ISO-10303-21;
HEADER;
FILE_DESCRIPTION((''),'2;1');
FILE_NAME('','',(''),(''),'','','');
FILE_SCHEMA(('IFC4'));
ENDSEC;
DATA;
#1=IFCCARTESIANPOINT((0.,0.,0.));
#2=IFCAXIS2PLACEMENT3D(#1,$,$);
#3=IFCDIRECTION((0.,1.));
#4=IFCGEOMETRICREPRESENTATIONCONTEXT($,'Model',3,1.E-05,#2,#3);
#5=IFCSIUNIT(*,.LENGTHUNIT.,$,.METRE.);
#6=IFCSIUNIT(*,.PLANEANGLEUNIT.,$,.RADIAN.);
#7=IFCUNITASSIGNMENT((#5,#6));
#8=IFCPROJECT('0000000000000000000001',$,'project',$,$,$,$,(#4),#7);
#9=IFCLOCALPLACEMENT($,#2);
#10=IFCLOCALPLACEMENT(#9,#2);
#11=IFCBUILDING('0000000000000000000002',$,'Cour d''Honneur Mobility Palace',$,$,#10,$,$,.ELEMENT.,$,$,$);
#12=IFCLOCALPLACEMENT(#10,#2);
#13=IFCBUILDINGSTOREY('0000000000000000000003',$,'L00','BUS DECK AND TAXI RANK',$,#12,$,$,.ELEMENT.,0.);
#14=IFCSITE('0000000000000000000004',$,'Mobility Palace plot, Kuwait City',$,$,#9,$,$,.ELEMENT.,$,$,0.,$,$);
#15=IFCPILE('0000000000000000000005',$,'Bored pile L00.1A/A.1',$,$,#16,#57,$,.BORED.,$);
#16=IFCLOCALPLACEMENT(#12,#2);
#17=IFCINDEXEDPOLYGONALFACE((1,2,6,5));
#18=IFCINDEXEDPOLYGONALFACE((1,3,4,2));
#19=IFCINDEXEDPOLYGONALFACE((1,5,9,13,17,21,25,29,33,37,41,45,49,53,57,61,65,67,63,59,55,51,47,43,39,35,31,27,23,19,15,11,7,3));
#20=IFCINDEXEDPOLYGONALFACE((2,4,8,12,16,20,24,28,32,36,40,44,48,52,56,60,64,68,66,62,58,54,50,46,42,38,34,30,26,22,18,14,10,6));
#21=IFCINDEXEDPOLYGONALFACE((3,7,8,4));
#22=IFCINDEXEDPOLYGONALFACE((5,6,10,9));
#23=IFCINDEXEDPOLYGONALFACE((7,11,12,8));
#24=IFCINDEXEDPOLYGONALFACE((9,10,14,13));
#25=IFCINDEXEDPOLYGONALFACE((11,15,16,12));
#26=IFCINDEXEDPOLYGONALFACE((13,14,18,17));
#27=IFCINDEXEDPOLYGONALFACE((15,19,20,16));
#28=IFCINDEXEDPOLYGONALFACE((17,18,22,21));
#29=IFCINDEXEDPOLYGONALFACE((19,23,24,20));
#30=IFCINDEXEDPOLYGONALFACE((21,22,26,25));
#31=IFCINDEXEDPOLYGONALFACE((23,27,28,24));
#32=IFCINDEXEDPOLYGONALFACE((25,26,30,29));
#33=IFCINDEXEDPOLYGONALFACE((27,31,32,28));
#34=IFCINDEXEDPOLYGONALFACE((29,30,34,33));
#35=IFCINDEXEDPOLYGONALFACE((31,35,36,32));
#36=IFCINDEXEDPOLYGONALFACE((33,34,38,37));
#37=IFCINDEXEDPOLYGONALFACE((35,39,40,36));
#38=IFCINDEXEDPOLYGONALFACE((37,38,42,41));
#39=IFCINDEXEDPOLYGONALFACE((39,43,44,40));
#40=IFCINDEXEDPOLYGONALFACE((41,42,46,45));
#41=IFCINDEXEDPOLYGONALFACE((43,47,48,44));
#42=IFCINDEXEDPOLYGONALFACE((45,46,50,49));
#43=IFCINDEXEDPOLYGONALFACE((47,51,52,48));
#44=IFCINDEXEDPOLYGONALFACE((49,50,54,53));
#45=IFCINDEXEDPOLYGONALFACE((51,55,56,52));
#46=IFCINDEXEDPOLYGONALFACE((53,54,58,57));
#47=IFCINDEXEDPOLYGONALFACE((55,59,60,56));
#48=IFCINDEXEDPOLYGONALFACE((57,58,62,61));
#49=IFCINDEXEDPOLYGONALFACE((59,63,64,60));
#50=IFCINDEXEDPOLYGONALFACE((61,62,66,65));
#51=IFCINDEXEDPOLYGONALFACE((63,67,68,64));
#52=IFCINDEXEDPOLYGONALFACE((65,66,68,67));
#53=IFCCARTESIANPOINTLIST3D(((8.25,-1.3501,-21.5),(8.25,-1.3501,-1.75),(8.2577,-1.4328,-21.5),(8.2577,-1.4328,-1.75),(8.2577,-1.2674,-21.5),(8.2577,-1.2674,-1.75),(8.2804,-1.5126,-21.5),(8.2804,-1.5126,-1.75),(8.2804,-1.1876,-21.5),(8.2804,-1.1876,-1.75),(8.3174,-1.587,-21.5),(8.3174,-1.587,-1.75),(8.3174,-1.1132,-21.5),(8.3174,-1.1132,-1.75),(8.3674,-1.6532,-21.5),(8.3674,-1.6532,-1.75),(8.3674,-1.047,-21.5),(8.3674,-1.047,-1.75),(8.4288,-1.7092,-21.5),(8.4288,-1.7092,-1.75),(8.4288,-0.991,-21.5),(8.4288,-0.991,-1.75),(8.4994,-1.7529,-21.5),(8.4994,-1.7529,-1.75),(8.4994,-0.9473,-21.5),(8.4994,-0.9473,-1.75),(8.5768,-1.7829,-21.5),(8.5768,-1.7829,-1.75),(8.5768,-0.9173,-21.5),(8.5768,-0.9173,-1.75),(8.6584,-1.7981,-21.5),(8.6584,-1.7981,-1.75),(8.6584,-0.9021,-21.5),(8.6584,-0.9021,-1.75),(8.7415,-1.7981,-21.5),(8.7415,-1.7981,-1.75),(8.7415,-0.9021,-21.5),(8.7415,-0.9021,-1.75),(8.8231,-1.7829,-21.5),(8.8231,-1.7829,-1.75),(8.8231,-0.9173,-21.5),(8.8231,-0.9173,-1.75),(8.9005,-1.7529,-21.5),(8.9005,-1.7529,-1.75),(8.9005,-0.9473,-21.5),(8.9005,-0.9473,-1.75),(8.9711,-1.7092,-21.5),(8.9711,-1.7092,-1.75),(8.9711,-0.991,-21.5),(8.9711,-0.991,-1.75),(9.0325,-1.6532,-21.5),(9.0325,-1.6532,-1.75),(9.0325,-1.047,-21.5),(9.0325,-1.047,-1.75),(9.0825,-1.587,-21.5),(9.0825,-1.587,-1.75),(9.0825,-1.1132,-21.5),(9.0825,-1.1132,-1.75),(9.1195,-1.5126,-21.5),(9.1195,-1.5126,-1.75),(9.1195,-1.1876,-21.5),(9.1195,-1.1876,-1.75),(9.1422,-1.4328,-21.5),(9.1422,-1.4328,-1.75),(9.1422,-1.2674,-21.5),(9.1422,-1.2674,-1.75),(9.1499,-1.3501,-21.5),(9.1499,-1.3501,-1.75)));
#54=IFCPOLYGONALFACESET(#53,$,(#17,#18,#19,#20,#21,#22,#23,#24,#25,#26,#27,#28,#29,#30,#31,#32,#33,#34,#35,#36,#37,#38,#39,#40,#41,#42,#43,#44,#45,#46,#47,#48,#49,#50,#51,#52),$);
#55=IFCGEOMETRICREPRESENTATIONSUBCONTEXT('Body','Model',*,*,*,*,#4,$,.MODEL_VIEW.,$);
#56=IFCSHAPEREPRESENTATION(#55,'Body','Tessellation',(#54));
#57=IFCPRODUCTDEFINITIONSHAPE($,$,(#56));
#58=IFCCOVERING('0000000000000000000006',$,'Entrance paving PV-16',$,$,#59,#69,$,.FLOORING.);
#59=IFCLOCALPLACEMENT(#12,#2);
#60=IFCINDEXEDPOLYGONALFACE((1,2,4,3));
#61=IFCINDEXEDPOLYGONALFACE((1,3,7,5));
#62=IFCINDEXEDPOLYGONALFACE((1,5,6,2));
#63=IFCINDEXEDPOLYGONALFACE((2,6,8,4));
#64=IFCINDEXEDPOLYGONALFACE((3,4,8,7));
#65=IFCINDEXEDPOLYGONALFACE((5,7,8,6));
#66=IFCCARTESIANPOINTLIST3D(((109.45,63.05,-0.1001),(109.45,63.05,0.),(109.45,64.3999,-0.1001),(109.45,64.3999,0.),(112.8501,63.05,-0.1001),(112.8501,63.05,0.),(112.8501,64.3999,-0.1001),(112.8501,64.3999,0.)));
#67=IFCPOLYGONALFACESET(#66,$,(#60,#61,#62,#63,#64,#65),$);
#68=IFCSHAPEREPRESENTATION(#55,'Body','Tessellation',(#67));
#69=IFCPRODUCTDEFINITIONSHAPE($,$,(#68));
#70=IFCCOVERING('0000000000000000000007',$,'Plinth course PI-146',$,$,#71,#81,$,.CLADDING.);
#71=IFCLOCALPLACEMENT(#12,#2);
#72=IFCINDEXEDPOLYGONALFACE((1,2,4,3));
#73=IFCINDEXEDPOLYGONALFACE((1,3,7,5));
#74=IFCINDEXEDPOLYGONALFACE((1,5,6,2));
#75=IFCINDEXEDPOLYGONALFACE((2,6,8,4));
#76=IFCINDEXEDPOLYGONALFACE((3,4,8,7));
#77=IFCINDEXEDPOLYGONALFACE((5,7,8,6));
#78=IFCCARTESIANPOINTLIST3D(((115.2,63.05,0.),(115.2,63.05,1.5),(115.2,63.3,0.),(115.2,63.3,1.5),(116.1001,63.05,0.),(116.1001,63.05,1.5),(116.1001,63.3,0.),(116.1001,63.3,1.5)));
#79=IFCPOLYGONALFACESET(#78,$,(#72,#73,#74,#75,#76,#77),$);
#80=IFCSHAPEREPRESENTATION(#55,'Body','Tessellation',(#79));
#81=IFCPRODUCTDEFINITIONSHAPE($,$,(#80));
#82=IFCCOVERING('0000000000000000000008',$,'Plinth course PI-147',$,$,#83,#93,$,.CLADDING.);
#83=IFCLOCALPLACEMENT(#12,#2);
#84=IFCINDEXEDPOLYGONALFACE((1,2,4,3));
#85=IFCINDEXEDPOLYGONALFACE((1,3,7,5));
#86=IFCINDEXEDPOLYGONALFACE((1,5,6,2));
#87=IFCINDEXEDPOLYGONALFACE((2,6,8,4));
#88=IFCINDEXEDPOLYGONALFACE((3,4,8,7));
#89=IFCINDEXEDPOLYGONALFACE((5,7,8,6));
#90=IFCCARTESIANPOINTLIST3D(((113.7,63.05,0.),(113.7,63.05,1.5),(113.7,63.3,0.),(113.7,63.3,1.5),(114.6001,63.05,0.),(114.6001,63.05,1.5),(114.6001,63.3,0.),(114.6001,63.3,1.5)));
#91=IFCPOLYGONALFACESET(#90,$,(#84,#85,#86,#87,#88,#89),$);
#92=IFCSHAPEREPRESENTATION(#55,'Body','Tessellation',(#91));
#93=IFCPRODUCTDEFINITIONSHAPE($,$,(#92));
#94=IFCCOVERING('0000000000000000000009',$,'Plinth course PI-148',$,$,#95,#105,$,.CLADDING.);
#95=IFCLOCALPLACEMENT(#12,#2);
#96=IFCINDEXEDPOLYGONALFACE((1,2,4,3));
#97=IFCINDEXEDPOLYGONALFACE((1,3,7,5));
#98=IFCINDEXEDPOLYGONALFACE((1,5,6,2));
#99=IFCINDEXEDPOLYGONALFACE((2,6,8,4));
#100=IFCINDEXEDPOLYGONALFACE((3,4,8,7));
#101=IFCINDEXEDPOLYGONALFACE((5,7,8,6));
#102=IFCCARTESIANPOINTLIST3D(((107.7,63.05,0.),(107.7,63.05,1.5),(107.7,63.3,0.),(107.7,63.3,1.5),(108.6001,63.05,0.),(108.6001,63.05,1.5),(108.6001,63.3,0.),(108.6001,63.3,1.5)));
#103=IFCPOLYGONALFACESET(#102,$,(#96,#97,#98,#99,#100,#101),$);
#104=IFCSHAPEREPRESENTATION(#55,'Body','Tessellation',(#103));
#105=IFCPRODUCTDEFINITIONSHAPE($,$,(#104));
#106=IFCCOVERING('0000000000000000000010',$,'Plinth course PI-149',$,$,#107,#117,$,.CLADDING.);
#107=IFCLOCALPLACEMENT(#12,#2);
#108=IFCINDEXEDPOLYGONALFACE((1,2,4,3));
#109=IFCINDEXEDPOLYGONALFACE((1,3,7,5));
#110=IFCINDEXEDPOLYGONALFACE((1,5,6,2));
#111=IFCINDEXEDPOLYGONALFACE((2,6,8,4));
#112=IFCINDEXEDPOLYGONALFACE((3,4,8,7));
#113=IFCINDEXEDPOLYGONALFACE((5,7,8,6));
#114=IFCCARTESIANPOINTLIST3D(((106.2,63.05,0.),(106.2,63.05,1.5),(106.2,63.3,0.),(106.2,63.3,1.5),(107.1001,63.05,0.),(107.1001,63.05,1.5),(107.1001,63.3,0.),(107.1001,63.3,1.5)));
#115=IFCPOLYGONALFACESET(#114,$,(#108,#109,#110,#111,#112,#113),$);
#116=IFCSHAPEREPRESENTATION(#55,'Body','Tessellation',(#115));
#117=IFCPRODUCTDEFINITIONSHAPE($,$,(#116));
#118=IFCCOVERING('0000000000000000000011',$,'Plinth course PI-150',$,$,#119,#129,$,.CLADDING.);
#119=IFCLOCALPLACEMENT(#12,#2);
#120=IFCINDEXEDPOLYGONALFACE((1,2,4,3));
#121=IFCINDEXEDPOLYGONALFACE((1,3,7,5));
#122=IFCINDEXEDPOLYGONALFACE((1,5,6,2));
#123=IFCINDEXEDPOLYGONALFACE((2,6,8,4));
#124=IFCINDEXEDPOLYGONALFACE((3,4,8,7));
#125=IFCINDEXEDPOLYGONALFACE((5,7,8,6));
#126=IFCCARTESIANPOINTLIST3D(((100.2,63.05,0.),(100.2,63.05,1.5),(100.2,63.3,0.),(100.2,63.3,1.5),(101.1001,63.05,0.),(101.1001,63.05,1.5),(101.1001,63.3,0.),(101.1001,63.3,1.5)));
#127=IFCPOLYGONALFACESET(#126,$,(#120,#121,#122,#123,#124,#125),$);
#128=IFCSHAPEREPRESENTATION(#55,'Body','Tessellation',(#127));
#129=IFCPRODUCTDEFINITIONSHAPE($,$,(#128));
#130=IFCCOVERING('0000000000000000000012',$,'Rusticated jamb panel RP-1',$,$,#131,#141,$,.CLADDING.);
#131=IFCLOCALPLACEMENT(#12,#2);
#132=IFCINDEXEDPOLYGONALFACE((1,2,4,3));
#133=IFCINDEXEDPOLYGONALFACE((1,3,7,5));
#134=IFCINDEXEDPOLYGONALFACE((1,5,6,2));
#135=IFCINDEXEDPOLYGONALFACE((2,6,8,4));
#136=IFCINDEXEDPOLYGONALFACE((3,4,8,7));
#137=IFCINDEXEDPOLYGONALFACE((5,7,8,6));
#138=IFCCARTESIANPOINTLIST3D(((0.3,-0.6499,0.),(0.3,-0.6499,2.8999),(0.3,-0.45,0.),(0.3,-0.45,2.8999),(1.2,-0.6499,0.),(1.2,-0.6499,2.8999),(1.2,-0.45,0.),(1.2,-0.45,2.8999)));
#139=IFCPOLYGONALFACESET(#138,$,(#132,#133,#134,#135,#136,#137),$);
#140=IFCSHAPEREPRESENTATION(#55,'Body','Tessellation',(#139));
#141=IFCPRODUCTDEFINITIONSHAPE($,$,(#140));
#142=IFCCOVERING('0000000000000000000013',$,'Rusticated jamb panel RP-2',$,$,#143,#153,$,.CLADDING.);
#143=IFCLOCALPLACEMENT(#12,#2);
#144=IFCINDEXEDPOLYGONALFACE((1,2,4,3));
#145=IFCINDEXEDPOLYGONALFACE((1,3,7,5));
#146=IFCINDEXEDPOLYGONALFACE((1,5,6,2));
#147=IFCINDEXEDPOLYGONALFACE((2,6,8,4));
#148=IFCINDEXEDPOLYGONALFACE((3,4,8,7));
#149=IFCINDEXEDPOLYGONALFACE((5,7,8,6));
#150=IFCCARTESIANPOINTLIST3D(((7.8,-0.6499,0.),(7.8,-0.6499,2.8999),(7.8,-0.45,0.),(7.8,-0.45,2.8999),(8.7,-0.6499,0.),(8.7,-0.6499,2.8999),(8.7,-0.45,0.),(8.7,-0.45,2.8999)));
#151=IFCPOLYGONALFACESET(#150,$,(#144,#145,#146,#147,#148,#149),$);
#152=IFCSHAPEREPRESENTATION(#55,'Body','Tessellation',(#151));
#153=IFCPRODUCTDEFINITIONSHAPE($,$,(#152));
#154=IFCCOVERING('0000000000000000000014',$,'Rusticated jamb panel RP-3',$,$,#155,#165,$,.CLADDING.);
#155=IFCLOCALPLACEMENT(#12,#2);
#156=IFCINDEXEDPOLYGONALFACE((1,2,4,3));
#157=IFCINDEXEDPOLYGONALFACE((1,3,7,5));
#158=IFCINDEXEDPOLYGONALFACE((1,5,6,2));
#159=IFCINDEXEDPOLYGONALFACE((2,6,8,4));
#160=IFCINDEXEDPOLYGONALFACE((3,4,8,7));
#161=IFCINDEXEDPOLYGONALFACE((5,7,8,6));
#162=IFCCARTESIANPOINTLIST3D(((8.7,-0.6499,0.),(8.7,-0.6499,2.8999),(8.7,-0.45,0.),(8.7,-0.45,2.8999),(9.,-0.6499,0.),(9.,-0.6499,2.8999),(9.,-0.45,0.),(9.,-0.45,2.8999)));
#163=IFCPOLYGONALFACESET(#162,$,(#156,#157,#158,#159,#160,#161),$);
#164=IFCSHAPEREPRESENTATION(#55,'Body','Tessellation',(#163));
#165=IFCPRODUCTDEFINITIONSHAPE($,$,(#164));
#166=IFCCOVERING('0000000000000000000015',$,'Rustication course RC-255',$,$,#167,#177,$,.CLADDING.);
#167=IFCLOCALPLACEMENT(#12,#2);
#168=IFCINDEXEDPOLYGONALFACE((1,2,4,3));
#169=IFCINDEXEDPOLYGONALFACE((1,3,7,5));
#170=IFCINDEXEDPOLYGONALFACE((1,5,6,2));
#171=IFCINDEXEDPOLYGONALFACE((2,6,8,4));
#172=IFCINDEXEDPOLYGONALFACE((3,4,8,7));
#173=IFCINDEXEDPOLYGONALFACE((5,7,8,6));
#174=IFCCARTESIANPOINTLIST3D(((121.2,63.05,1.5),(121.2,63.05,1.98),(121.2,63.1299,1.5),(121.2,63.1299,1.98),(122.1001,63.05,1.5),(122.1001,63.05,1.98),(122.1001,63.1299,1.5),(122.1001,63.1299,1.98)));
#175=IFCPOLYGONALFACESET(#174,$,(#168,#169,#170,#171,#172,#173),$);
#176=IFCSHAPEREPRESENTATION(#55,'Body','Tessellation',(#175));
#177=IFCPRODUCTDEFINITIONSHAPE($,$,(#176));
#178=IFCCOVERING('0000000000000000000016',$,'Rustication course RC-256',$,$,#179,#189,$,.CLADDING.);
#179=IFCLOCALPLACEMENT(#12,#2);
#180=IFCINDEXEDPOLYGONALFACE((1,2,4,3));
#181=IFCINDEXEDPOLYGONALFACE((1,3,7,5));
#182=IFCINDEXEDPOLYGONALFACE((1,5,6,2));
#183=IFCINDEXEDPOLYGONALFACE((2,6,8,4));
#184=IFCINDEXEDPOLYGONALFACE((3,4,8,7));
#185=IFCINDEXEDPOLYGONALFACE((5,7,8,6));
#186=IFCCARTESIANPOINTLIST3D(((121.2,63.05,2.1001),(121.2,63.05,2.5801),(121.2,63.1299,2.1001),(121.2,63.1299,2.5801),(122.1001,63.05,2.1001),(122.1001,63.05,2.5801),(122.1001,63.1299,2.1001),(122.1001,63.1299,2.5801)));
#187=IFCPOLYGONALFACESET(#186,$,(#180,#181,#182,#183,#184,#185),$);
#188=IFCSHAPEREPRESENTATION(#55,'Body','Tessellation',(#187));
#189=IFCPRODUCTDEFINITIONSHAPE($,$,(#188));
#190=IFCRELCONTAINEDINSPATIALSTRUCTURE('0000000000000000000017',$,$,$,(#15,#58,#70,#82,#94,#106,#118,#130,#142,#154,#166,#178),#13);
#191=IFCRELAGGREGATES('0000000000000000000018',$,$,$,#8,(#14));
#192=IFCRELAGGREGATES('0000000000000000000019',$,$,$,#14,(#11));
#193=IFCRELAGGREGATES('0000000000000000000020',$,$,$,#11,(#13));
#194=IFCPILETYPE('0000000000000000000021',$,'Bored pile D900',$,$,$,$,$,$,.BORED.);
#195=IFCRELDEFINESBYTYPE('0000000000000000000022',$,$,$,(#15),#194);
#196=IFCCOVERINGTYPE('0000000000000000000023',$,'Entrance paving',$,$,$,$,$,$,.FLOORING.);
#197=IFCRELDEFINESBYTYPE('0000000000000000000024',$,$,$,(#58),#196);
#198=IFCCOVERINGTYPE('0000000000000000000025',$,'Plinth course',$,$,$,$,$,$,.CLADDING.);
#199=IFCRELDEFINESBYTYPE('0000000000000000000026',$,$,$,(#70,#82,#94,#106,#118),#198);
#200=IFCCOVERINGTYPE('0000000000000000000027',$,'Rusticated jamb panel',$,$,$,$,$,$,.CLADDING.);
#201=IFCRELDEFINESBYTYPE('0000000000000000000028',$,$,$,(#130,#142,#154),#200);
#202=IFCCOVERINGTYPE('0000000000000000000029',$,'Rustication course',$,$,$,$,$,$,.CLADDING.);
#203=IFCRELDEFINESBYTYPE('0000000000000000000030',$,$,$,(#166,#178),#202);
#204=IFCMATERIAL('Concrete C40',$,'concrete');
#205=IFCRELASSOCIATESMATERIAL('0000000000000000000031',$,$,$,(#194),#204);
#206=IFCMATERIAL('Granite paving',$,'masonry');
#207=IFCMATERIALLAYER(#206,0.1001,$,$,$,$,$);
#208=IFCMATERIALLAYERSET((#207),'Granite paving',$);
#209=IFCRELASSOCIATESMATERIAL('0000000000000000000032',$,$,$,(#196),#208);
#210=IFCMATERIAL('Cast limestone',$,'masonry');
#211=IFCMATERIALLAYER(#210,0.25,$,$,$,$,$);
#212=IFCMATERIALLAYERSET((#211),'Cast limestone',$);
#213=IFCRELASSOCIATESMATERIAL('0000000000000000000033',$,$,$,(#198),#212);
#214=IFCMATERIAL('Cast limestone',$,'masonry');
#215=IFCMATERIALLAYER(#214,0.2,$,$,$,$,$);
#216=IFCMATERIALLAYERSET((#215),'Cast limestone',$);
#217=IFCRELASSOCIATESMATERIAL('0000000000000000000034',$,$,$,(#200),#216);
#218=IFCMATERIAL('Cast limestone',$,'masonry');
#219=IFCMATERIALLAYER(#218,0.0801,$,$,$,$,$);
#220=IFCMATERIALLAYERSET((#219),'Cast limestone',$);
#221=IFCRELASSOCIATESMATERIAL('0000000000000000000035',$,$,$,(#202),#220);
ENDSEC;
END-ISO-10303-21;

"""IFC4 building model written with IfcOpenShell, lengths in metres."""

from ifc_helpers import new_model, si_unit, direction, frame, origin, origin_2d, place, context, subcontext, project, spatial, polyline, circle, outline, extrude, material, layer, layer_set, material_profile, profile_set, type_object, element, save


model = new_model("IFC4")

# Units and contexts
model_context = context("Model", 3, precision=1e-05, world=origin(), true_north=direction((0.0, 1.0)))
body_context = subcontext(model_context, "Body", "Model", "MODEL_VIEW")
ifc_project = project(units=[si_unit("LENGTHUNIT", "METRE"), si_unit("PLANEANGLEUNIT", "RADIAN")], contexts=[model_context])

# Site, building, storey
site_placement = place(None, origin())
site = spatial("IfcSite", under=ifc_project, at=site_placement, Name="Mobility Palace plot, Kuwait City", CompositionType="ELEMENT", RefElevation=0.0)
building_placement = place(site_placement, origin())
building = spatial("IfcBuilding", under=site, at=building_placement, Name="Cour d'Honneur Mobility Palace", CompositionType="ELEMENT")
storey_placement = place(building_placement, origin())
storey = spatial("IfcBuildingStorey", under=building, at=storey_placement, Name="L00", Description="BUS DECK AND TAXI RANK", CompositionType="ELEMENT", Elevation=0.0)

# Pile
ifc_material_1 = material(Name="Concrete C40", Category="concrete")
ifc_material_profile = material_profile(ifc_material_1, circle(Radius=0.45, at=origin_2d()), Name="Bored pile D900")
ifc_profile_set = profile_set([ifc_material_profile], Name="Concrete C40")
pile_type = type_object("IfcPileType", Name="Bored pile D900", PredefinedType="BORED", material=ifc_profile_set)
pile_placement = place(storey_placement, frame((8.7, -1.3501, -1.75), z_axis=(0.0, 0.0, -1.0), x_axis=(1.0, 0.0, 0.0)))
element("IfcPile", 1, at=pile_placement, inside=storey, type_object=pile_type, Name="Bored pile L00.1A/A.1", PredefinedType="BORED", context=body_context, shape_type="SweptSolid", body=[
    extrude(circle(Radius=0.45, at=origin_2d()), origin(), (0.0, 0.0, 1.0), 19.75),
])

# Coverings
ifc_material_2 = material(Name="Granite paving", Category="masonry")
ifc_layer_1 = layer(ifc_material_2, 0.1001)
ifc_layer_set_1 = layer_set([ifc_layer_1], Name="Granite paving")
covering_type_1 = type_object("IfcCoveringType", Name="Entrance paving", PredefinedType="FLOORING", material=ifc_layer_set_1)
covering_1_placement = place(storey_placement, frame((0.0, 0.0, -0.1001)))
element("IfcCovering", 2, at=covering_1_placement, inside=storey, type_object=covering_type_1, Name="Entrance paving PV-16", PredefinedType="FLOORING", context=body_context, shape_type="SweptSolid", body=[
    extrude(outline(polyline([(112.8501, 63.05), (109.45, 63.05), (109.45, 64.3999), (112.8501, 64.3999), (112.8501, 63.05)])), origin(), (0.0, 0.0, 1.0), 0.1001),
])
ifc_material_3 = material(Name="Cast limestone", Category="masonry")
ifc_layer_2 = layer(ifc_material_3, 0.25)
ifc_layer_set_2 = layer_set([ifc_layer_2], Name="Cast limestone")
covering_type_2 = type_object("IfcCoveringType", Name="Plinth course", PredefinedType="CLADDING", material=ifc_layer_set_2)
covering_2_placement = place(storey_placement, origin())
element("IfcCovering", 3, at=covering_2_placement, inside=storey, type_object=covering_type_2, Name="Plinth course PI-146", PredefinedType="CLADDING", context=body_context, shape_type="SweptSolid", body=[
    extrude(outline(polyline([(116.1001, 63.05), (115.2, 63.05), (115.2, 63.3), (116.1001, 63.3), (116.1001, 63.05)])), origin(), (0.0, 0.0, 1.0), 1.5),
])
covering_3_placement = place(storey_placement, origin())
element("IfcCovering", 4, at=covering_3_placement, inside=storey, type_object=covering_type_2, Name="Plinth course PI-147", PredefinedType="CLADDING", context=body_context, shape_type="SweptSolid", body=[
    extrude(outline(polyline([(114.6001, 63.05), (113.7, 63.05), (113.7, 63.3), (114.6001, 63.3), (114.6001, 63.05)])), origin(), (0.0, 0.0, 1.0), 1.5),
])
covering_4_placement = place(storey_placement, origin())
element("IfcCovering", 5, at=covering_4_placement, inside=storey, type_object=covering_type_2, Name="Plinth course PI-148", PredefinedType="CLADDING", context=body_context, shape_type="SweptSolid", body=[
    extrude(outline(polyline([(108.6001, 63.05), (107.7, 63.05), (107.7, 63.3), (108.6001, 63.3), (108.6001, 63.05)])), origin(), (0.0, 0.0, 1.0), 1.5),
])
covering_5_placement = place(storey_placement, origin())
element("IfcCovering", 6, at=covering_5_placement, inside=storey, type_object=covering_type_2, Name="Plinth course PI-149", PredefinedType="CLADDING", context=body_context, shape_type="SweptSolid", body=[
    extrude(outline(polyline([(107.1001, 63.05), (106.2, 63.05), (106.2, 63.3), (107.1001, 63.3), (107.1001, 63.05)])), origin(), (0.0, 0.0, 1.0), 1.5),
])
covering_6_placement = place(storey_placement, origin())
element("IfcCovering", 7, at=covering_6_placement, inside=storey, type_object=covering_type_2, Name="Plinth course PI-150", PredefinedType="CLADDING", context=body_context, shape_type="SweptSolid", body=[
    extrude(outline(polyline([(101.1001, 63.05), (100.2, 63.05), (100.2, 63.3), (101.1001, 63.3), (101.1001, 63.05)])), origin(), (0.0, 0.0, 1.0), 1.5),
])
ifc_material_4 = material(Name="Cast limestone", Category="masonry")
ifc_layer_3 = layer(ifc_material_4, 0.2)
ifc_layer_set_3 = layer_set([ifc_layer_3], Name="Cast limestone")
covering_type_3 = type_object("IfcCoveringType", Name="Rusticated jamb panel", PredefinedType="CLADDING", material=ifc_layer_set_3)
for number, where, z_axis, x_axis, name in (
    (8, (0.3, -0.6499, 0.0), (0.0, -1.0, 0.0), (1.0, 0.0, 0.0), "Rusticated jamb panel RP-1"),
    (9, (7.8, -0.6499, 0.0), (0.0, -1.0, 0.0), (1.0, 0.0, 0.0), "Rusticated jamb panel RP-2"),
):
    element("IfcCovering", number, at=place(storey_placement, frame(where, z_axis=z_axis, x_axis=x_axis)), inside=storey, type_object=covering_type_3, Name=name, PredefinedType="CLADDING", context=body_context, shape_type="SweptSolid", body=[
        extrude(outline(polyline([(0.0, 0.0), (0.8999, 0.0), (0.8999, 2.8999), (0.0, 2.8999), (0.0, 0.0)])), origin(), (0.0, 0.0, -1.0), 0.2),
    ])
covering_7_placement = place(storey_placement, frame((8.7, -0.6499, 0.0), z_axis=(0.0, -1.0, 0.0), x_axis=(1.0, 0.0, 0.0)))
element("IfcCovering", 10, at=covering_7_placement, inside=storey, type_object=covering_type_3, Name="Rusticated jamb panel RP-3", PredefinedType="CLADDING", context=body_context, shape_type="SweptSolid", body=[
    extrude(outline(polyline([(0.0, 0.0), (0.3, 0.0), (0.3, 2.8999), (0.0, 2.8999), (0.0, 0.0)])), origin(), (0.0, 0.0, -1.0), 0.2),
])
ifc_material_5 = material(Name="Cast limestone", Category="masonry")
ifc_layer_4 = layer(ifc_material_5, 0.0801)
ifc_layer_set_4 = layer_set([ifc_layer_4], Name="Cast limestone")
covering_type_4 = type_object("IfcCoveringType", Name="Rustication course", PredefinedType="CLADDING", material=ifc_layer_set_4)
for number, where, name in (
    (11, (0.0, 0.0, 1.5), "Rustication course RC-255"),
    (12, (0.0, 0.0, 2.1001), "Rustication course RC-256"),
):
    element("IfcCovering", number, at=place(storey_placement, frame(where)), inside=storey, type_object=covering_type_4, Name=name, PredefinedType="CLADDING", context=body_context, shape_type="SweptSolid", body=[
        extrude(outline(polyline([(122.1001, 63.05), (121.2, 63.05), (121.2, 63.1299), (122.1001, 63.1299), (122.1001, 63.05)])), origin(), (0.0, 0.0, 1.0), 0.48),
    ])

save(model, "model.ifc")
